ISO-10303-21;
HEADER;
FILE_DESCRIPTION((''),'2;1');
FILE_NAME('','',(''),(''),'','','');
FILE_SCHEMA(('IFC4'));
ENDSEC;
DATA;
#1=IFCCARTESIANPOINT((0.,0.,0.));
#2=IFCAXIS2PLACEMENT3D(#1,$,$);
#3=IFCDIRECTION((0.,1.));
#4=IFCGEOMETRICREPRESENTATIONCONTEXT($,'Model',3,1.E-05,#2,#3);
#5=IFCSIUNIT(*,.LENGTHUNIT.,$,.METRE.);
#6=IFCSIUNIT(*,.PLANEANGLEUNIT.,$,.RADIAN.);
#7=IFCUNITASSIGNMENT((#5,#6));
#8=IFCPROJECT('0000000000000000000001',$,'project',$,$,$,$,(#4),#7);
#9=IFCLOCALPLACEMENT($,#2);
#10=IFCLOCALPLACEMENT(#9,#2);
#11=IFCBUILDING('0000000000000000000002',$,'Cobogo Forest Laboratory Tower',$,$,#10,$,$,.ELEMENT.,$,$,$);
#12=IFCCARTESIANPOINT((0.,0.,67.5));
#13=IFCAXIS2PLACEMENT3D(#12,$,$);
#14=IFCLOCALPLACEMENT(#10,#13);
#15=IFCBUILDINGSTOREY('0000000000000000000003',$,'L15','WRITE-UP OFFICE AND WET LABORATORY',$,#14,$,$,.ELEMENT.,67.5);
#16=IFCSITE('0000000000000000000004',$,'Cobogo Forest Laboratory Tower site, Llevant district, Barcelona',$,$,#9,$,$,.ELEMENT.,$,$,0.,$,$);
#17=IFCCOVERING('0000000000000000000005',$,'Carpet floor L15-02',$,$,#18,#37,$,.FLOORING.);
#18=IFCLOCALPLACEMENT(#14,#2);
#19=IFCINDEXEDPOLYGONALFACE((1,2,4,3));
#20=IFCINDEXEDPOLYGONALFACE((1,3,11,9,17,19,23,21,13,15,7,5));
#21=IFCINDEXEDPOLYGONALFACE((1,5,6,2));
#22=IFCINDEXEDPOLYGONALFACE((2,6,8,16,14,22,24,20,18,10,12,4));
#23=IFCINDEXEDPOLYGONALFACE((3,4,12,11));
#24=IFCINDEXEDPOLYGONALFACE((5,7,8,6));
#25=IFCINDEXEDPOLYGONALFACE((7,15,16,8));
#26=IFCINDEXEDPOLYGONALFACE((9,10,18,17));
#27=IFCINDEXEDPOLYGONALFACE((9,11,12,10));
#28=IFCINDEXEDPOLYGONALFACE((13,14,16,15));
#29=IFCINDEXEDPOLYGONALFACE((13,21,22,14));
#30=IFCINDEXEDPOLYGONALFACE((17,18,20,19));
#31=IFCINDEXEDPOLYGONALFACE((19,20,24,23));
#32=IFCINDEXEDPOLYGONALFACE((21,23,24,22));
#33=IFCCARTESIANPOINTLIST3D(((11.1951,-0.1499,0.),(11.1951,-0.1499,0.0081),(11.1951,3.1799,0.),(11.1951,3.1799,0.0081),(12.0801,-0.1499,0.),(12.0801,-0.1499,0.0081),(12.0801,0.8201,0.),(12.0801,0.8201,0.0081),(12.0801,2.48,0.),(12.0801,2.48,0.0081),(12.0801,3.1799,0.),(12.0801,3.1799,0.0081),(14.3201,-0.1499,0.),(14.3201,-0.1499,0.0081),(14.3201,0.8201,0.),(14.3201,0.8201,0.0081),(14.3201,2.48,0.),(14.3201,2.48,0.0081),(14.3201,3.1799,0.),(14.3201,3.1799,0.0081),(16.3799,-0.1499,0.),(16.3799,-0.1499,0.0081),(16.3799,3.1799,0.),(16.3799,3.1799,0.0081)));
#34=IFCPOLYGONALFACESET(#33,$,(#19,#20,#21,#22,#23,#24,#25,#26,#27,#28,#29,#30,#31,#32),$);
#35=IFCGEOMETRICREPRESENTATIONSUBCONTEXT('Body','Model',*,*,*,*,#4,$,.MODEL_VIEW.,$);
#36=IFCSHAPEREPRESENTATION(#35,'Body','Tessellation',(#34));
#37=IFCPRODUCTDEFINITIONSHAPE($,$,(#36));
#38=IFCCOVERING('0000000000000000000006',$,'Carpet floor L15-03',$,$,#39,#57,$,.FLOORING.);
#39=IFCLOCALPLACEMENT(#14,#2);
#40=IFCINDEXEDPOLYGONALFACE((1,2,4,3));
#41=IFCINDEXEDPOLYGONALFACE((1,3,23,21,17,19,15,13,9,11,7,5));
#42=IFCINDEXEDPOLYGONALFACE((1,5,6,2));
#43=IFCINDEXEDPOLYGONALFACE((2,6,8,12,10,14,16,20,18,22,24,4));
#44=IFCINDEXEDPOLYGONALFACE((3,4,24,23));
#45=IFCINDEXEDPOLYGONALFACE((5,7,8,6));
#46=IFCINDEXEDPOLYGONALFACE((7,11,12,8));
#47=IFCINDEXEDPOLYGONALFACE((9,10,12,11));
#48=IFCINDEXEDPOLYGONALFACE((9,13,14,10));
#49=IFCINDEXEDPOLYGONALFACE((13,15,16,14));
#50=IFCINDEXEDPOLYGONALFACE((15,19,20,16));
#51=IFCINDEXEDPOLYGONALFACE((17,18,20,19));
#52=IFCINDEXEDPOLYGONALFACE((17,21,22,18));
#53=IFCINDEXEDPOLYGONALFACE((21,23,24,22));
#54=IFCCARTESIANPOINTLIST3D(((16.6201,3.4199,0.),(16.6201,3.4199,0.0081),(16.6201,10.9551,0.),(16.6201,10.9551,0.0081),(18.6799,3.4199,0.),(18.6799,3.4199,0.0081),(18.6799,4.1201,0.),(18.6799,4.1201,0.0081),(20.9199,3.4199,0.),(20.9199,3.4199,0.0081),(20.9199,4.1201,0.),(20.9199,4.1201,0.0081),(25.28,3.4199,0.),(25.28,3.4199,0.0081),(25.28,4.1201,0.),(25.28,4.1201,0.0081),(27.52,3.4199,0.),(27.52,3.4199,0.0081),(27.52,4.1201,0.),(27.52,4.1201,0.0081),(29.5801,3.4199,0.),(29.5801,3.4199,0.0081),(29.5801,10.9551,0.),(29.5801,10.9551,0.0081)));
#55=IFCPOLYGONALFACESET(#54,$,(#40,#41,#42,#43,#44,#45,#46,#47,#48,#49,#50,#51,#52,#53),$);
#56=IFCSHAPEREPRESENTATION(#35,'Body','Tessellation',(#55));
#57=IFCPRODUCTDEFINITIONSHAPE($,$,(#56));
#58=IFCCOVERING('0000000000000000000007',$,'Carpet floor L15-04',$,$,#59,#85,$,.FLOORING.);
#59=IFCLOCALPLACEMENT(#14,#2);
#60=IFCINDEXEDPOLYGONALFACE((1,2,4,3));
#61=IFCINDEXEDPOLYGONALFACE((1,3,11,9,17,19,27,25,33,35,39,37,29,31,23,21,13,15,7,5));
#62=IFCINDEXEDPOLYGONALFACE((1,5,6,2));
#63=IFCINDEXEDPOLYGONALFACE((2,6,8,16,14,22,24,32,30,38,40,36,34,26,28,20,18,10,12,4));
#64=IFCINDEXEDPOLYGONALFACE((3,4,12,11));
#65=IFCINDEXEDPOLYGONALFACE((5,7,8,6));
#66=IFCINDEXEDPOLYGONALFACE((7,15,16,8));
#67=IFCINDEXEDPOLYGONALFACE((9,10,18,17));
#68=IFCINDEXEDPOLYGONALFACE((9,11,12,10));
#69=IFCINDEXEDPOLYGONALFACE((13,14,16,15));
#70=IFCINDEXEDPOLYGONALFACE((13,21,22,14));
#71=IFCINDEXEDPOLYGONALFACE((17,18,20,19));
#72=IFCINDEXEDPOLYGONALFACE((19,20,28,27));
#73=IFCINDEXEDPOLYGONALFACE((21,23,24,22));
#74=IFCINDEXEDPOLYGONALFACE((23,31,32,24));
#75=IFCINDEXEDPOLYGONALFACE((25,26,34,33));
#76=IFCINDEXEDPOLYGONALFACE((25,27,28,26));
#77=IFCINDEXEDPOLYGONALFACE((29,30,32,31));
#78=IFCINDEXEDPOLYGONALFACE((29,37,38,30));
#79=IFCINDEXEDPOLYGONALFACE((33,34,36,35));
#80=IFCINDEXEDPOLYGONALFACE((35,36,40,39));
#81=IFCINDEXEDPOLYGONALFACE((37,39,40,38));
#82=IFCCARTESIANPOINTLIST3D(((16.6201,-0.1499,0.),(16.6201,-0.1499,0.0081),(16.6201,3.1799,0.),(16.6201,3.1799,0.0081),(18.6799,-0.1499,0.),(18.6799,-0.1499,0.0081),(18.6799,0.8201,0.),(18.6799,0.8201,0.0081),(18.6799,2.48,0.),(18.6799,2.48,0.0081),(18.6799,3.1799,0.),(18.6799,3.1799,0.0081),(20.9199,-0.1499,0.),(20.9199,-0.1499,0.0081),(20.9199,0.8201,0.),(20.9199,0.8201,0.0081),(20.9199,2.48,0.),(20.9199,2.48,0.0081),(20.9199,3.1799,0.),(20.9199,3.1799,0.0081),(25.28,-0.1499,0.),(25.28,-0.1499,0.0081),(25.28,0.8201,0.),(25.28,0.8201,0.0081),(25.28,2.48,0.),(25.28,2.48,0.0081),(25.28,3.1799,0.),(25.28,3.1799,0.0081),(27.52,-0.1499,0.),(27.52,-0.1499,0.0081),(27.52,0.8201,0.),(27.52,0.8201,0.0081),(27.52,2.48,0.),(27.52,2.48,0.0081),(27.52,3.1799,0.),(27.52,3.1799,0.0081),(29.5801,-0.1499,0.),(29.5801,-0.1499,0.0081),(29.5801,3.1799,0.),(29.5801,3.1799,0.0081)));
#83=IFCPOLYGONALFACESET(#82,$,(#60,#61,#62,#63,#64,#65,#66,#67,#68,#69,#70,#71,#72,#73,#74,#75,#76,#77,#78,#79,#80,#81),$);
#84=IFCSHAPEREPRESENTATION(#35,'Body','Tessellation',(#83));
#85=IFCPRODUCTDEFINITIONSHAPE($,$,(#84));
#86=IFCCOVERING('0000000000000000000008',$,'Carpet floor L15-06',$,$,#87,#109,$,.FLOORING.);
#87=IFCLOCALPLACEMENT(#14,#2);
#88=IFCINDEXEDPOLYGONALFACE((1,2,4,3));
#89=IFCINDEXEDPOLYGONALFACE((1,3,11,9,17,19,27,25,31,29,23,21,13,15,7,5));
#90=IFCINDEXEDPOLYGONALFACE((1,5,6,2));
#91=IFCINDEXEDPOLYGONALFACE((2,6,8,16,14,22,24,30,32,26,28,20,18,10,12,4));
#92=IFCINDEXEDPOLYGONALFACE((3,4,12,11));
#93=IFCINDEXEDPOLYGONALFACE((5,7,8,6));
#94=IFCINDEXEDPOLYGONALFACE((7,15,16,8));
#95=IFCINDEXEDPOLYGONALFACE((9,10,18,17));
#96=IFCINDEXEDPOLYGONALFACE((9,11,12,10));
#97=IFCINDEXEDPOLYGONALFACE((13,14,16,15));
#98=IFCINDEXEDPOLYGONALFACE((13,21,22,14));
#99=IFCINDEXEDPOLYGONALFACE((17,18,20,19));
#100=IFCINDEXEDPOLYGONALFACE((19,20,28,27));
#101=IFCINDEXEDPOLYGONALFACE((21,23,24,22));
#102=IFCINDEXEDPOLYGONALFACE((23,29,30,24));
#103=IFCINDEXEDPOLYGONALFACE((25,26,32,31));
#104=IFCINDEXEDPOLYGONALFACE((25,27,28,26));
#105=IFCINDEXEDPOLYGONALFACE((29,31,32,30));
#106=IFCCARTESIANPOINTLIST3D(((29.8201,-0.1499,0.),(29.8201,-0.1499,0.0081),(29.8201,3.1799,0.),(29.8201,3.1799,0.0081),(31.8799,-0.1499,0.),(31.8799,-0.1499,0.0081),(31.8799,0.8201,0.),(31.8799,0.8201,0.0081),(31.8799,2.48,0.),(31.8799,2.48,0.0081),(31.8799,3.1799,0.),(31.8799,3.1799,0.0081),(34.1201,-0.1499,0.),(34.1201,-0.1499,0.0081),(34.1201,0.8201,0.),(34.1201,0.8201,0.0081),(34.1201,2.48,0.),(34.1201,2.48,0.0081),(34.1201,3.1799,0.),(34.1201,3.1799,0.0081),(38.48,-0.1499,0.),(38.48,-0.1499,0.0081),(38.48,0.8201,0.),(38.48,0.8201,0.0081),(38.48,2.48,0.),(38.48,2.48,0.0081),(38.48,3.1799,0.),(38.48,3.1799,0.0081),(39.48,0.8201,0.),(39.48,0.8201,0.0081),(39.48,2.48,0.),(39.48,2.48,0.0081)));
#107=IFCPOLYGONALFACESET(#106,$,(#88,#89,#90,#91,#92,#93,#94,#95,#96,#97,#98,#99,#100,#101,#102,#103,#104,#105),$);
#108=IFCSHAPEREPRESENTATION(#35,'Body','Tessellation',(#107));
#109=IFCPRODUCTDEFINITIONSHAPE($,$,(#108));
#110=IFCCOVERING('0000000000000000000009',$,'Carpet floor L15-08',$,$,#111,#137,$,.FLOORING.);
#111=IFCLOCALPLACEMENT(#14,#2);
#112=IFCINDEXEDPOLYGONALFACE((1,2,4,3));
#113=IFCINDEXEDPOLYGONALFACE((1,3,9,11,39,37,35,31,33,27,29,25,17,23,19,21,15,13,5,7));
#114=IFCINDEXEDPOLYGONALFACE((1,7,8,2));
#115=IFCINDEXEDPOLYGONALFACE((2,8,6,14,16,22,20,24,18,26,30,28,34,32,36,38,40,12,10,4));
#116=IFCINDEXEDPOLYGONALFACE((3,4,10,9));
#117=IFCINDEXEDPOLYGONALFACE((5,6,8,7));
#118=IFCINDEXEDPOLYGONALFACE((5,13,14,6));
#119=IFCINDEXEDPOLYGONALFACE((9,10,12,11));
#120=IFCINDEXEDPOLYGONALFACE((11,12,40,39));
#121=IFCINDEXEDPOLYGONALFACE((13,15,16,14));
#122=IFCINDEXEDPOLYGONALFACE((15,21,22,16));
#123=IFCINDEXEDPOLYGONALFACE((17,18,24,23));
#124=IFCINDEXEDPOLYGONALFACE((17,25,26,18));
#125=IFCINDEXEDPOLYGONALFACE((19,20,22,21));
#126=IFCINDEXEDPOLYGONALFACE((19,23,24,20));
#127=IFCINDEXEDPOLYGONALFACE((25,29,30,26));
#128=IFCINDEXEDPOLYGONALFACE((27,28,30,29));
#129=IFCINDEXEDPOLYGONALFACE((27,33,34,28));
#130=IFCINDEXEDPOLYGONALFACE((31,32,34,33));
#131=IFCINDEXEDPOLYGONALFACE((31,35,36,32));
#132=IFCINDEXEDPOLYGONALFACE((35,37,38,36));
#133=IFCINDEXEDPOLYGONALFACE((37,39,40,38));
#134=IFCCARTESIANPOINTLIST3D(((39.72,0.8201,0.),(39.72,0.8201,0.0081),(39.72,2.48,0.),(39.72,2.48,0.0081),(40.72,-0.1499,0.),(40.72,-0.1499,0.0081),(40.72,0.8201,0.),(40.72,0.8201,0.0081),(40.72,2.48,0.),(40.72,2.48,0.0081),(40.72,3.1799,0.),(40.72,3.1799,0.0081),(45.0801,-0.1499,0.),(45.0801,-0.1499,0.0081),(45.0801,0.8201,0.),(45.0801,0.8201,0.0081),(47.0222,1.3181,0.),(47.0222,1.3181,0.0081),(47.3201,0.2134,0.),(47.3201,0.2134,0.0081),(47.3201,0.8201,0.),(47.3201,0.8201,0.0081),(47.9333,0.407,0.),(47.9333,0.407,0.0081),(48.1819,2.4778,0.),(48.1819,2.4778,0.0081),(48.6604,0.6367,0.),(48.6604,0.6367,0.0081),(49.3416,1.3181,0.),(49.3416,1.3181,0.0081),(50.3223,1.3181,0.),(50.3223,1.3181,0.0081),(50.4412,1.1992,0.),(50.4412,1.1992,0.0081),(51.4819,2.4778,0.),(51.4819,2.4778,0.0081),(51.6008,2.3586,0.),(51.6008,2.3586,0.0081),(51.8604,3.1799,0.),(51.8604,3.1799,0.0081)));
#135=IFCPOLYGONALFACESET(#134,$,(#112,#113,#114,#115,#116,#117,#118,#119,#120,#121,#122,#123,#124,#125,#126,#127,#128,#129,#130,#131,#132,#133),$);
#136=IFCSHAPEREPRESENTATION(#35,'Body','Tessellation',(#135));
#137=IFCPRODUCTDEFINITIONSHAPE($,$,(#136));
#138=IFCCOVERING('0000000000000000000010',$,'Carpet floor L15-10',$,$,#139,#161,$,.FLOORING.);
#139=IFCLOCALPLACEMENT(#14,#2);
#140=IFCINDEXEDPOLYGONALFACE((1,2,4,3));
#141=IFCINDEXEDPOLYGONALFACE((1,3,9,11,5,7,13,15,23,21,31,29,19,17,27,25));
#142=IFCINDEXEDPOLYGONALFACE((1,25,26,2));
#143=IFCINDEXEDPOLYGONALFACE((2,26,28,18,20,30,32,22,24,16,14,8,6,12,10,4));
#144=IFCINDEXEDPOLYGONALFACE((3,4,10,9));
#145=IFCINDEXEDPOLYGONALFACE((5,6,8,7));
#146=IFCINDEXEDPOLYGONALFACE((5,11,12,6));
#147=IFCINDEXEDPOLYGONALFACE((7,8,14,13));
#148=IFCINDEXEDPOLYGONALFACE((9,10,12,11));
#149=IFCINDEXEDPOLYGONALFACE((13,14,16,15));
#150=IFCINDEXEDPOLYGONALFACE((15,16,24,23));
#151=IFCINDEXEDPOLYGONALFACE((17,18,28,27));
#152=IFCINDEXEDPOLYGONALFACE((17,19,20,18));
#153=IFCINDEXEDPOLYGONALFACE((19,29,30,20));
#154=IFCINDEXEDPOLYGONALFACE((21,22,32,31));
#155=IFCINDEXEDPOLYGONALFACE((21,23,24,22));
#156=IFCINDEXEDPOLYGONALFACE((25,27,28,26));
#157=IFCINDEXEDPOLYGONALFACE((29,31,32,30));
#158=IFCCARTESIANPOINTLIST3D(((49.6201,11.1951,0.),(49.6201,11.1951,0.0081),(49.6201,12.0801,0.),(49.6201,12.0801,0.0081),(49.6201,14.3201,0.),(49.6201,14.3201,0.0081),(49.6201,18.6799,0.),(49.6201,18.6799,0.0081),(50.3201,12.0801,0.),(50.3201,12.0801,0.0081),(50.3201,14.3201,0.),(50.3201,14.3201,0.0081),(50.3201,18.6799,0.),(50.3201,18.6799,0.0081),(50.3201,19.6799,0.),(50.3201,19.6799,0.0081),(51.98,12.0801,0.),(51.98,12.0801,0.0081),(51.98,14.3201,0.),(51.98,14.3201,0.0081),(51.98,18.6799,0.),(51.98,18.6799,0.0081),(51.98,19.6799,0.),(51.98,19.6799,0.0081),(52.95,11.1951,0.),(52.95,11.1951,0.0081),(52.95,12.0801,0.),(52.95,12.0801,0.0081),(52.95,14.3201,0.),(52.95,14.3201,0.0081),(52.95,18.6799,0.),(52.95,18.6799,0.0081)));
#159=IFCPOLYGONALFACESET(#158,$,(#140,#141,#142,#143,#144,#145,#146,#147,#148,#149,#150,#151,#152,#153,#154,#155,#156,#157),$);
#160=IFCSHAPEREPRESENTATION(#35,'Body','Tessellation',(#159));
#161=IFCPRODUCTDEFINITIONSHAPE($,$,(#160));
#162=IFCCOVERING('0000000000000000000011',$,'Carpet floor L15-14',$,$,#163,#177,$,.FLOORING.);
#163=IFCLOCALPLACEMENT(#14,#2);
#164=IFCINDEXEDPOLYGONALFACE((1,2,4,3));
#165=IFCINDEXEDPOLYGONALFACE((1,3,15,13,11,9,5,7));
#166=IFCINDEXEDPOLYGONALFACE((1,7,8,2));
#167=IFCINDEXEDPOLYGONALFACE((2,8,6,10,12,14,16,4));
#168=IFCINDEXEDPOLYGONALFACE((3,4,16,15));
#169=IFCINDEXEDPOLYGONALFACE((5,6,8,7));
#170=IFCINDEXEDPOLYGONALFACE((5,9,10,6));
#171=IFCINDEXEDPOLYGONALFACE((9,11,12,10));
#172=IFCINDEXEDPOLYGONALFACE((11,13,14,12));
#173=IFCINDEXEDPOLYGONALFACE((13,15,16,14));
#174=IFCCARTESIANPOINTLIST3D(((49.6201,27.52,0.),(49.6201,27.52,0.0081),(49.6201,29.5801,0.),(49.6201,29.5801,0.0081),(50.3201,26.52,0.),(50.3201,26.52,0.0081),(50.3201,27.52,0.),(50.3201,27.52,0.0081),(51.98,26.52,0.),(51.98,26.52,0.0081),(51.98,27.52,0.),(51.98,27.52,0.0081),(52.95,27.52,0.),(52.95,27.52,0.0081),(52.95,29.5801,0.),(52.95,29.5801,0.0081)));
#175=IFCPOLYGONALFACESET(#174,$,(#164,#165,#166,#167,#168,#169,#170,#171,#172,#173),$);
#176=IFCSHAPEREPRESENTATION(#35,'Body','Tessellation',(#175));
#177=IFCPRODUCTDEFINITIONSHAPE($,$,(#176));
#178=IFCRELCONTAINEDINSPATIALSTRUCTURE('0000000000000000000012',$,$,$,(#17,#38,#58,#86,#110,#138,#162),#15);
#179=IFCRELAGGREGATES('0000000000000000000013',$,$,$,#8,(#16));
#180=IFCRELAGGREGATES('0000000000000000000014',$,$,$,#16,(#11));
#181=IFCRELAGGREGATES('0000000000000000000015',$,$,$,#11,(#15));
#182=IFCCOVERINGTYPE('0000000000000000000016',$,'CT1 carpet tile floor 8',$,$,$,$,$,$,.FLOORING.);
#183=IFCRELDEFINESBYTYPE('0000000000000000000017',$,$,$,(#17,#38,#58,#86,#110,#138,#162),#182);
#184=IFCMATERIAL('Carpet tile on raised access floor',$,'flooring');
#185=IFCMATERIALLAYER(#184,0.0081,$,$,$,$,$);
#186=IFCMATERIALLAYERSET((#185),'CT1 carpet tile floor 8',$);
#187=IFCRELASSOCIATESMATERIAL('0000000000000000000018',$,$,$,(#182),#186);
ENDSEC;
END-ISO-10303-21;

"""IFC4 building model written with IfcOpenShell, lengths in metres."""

from ifc_helpers import new_model, si_unit, direction, frame, origin, place, context, subcontext, project, spatial, polyline, outline, extrude, material, layer, layer_set, type_object, element, save


model = new_model("IFC4")

# Units and contexts
model_context = context("Model", 3, precision=1e-05, world=origin(), true_north=direction((0.0, 1.0)))
body_context = subcontext(model_context, "Body", "Model", "MODEL_VIEW")
ifc_project = project(units=[si_unit("LENGTHUNIT", "METRE"), si_unit("PLANEANGLEUNIT", "RADIAN")], contexts=[model_context])

# Site, building, storey
site_placement = place(None, origin())
site = spatial("IfcSite", under=ifc_project, at=site_placement, Name="Cobogo Forest Laboratory Tower site, Llevant district, Barcelona", CompositionType="ELEMENT", RefElevation=0.0)
building_placement = place(site_placement, origin())
building = spatial("IfcBuilding", under=site, at=building_placement, Name="Cobogo Forest Laboratory Tower", CompositionType="ELEMENT")
storey_placement = place(building_placement, frame((0.0, 0.0, 67.5)))
storey = spatial("IfcBuildingStorey", under=building, at=storey_placement, Name="L15", Description="WRITE-UP OFFICE AND WET LABORATORY", CompositionType="ELEMENT", Elevation=67.5)

# Coverings
ifc_material_1 = material(Name="Carpet tile on raised access floor", Category="flooring")
ifc_layer_1 = layer(ifc_material_1, 0.0081)
ifc_layer_set_1 = layer_set([ifc_layer_1], Name="CT1 carpet tile floor 8")
covering_type_1 = type_object("IfcCoveringType", Name="CT1 carpet tile floor 8", PredefinedType="FLOORING", material=ifc_layer_set_1)
covering_1_placement = place(storey_placement, origin())
element("IfcCovering", 1, at=covering_1_placement, inside=storey, type_object=covering_type_1, Name="Carpet floor L15-02", PredefinedType="FLOORING", context=body_context, shape_type="SweptSolid", body=[
    extrude(outline(polyline([(12.0801, 3.1799), (12.0801, 2.48), (14.3201, 2.48), (14.3201, 3.1799), (16.3799, 3.1799), (16.3799, -0.1499), (14.3201, -0.1499), (14.3201, 0.8201), (12.0801, 0.8201), (12.0801, -0.1499), (11.1951, -0.1499), (11.1951, 3.1799), (12.0801, 3.1799)])), origin(), (0.0, 0.0, 1.0), 0.0081),
])
covering_2_placement = place(storey_placement, origin())
element("IfcCovering", 2, at=covering_2_placement, inside=storey, type_object=covering_type_1, Name="Carpet floor L15-03", PredefinedType="FLOORING", context=body_context, shape_type="SweptSolid", body=[
    extrude(outline(polyline([(16.6201, 10.9551), (29.5801, 10.9551), (29.5801, 3.4199), (27.52, 3.4199), (27.52, 4.1201), (25.28, 4.1201), (25.28, 3.4199), (20.9199, 3.4199), (20.9199, 4.1201), (18.6799, 4.1201), (18.6799, 3.4199), (16.6201, 3.4199), (16.6201, 10.9551)])), origin(), (0.0, 0.0, 1.0), 0.0081),
])
covering_3_placement = place(storey_placement, origin())
element("IfcCovering", 3, at=covering_3_placement, inside=storey, type_object=covering_type_1, Name="Carpet floor L15-04", PredefinedType="FLOORING", context=body_context, shape_type="SweptSolid", body=[
    extrude(outline(polyline([(18.6799, 3.1799), (18.6799, 2.48), (20.9199, 2.48), (20.9199, 3.1799), (25.28, 3.1799), (25.28, 2.48), (27.52, 2.48), (27.52, 3.1799), (29.5801, 3.1799), (29.5801, -0.1499), (27.52, -0.1499), (27.52, 0.8201), (25.28, 0.8201), (25.28, -0.1499), (20.9199, -0.1499), (20.9199, 0.8201), (18.6799, 0.8201), (18.6799, -0.1499), (16.6201, -0.1499), (16.6201, 3.1799), (18.6799, 3.1799)])), origin(), (0.0, 0.0, 1.0), 0.0081),
])
covering_4_placement = place(storey_placement, origin())
element("IfcCovering", 4, at=covering_4_placement, inside=storey, type_object=covering_type_1, Name="Carpet floor L15-06", PredefinedType="FLOORING", context=body_context, shape_type="SweptSolid", body=[
    extrude(outline(polyline([(31.8799, 3.1799), (31.8799, 2.48), (34.1201, 2.48), (34.1201, 3.1799), (38.48, 3.1799), (38.48, 2.48), (39.48, 2.48), (39.48, 0.8201), (38.48, 0.8201), (38.48, -0.1499), (34.1201, -0.1499), (34.1201, 0.8201), (31.8799, 0.8201), (31.8799, -0.1499), (29.8201, -0.1499), (29.8201, 3.1799), (31.8799, 3.1799)])), origin(), (0.0, 0.0, 1.0), 0.0081),
])
covering_5_placement = place(storey_placement, origin())
element("IfcCovering", 5, at=covering_5_placement, inside=storey, type_object=covering_type_1, Name="Carpet floor L15-08", PredefinedType="FLOORING", context=body_context, shape_type="SweptSolid", body=[
    extrude(outline(polyline([(51.8604, 3.1799), (51.6008, 2.3586), (51.4819, 2.4778), (50.3223, 1.3181), (50.4412, 1.1992), (48.6604, 0.6367), (49.3416, 1.3181), (48.1819, 2.4778), (47.0222, 1.3181), (47.9333, 0.407), (47.3201, 0.2134), (47.3201, 0.8201), (45.0801, 0.8201), (45.0801, -0.1499), (40.72, -0.1499), (40.72, 0.8201), (39.72, 0.8201), (39.72, 2.48), (40.72, 2.48), (40.72, 3.1799), (51.8604, 3.1799)])), origin(), (0.0, 0.0, 1.0), 0.0081),
])
covering_6_placement = place(storey_placement, origin())
element("IfcCovering", 6, at=covering_6_placement, inside=storey, type_object=covering_type_1, Name="Carpet floor L15-10", PredefinedType="FLOORING", context=body_context, shape_type="SweptSolid", body=[
    extrude(outline(polyline([(49.6201, 12.0801), (50.3201, 12.0801), (50.3201, 14.3201), (49.6201, 14.3201), (49.6201, 18.6799), (50.3201, 18.6799), (50.3201, 19.6799), (51.98, 19.6799), (51.98, 18.6799), (52.95, 18.6799), (52.95, 14.3201), (51.98, 14.3201), (51.98, 12.0801), (52.95, 12.0801), (52.95, 11.1951), (49.6201, 11.1951), (49.6201, 12.0801)])), origin(), (0.0, 0.0, 1.0), 0.0081),
])
covering_7_placement = place(storey_placement, origin())
element("IfcCovering", 7, at=covering_7_placement, inside=storey, type_object=covering_type_1, Name="Carpet floor L15-14", PredefinedType="FLOORING", context=body_context, shape_type="SweptSolid", body=[
    extrude(outline(polyline([(49.6201, 29.5801), (52.95, 29.5801), (52.95, 27.52), (51.98, 27.52), (51.98, 26.52), (50.3201, 26.52), (50.3201, 27.52), (49.6201, 27.52), (49.6201, 29.5801)])), origin(), (0.0, 0.0, 1.0), 0.0081),
])

save(model, "model.ifc")
